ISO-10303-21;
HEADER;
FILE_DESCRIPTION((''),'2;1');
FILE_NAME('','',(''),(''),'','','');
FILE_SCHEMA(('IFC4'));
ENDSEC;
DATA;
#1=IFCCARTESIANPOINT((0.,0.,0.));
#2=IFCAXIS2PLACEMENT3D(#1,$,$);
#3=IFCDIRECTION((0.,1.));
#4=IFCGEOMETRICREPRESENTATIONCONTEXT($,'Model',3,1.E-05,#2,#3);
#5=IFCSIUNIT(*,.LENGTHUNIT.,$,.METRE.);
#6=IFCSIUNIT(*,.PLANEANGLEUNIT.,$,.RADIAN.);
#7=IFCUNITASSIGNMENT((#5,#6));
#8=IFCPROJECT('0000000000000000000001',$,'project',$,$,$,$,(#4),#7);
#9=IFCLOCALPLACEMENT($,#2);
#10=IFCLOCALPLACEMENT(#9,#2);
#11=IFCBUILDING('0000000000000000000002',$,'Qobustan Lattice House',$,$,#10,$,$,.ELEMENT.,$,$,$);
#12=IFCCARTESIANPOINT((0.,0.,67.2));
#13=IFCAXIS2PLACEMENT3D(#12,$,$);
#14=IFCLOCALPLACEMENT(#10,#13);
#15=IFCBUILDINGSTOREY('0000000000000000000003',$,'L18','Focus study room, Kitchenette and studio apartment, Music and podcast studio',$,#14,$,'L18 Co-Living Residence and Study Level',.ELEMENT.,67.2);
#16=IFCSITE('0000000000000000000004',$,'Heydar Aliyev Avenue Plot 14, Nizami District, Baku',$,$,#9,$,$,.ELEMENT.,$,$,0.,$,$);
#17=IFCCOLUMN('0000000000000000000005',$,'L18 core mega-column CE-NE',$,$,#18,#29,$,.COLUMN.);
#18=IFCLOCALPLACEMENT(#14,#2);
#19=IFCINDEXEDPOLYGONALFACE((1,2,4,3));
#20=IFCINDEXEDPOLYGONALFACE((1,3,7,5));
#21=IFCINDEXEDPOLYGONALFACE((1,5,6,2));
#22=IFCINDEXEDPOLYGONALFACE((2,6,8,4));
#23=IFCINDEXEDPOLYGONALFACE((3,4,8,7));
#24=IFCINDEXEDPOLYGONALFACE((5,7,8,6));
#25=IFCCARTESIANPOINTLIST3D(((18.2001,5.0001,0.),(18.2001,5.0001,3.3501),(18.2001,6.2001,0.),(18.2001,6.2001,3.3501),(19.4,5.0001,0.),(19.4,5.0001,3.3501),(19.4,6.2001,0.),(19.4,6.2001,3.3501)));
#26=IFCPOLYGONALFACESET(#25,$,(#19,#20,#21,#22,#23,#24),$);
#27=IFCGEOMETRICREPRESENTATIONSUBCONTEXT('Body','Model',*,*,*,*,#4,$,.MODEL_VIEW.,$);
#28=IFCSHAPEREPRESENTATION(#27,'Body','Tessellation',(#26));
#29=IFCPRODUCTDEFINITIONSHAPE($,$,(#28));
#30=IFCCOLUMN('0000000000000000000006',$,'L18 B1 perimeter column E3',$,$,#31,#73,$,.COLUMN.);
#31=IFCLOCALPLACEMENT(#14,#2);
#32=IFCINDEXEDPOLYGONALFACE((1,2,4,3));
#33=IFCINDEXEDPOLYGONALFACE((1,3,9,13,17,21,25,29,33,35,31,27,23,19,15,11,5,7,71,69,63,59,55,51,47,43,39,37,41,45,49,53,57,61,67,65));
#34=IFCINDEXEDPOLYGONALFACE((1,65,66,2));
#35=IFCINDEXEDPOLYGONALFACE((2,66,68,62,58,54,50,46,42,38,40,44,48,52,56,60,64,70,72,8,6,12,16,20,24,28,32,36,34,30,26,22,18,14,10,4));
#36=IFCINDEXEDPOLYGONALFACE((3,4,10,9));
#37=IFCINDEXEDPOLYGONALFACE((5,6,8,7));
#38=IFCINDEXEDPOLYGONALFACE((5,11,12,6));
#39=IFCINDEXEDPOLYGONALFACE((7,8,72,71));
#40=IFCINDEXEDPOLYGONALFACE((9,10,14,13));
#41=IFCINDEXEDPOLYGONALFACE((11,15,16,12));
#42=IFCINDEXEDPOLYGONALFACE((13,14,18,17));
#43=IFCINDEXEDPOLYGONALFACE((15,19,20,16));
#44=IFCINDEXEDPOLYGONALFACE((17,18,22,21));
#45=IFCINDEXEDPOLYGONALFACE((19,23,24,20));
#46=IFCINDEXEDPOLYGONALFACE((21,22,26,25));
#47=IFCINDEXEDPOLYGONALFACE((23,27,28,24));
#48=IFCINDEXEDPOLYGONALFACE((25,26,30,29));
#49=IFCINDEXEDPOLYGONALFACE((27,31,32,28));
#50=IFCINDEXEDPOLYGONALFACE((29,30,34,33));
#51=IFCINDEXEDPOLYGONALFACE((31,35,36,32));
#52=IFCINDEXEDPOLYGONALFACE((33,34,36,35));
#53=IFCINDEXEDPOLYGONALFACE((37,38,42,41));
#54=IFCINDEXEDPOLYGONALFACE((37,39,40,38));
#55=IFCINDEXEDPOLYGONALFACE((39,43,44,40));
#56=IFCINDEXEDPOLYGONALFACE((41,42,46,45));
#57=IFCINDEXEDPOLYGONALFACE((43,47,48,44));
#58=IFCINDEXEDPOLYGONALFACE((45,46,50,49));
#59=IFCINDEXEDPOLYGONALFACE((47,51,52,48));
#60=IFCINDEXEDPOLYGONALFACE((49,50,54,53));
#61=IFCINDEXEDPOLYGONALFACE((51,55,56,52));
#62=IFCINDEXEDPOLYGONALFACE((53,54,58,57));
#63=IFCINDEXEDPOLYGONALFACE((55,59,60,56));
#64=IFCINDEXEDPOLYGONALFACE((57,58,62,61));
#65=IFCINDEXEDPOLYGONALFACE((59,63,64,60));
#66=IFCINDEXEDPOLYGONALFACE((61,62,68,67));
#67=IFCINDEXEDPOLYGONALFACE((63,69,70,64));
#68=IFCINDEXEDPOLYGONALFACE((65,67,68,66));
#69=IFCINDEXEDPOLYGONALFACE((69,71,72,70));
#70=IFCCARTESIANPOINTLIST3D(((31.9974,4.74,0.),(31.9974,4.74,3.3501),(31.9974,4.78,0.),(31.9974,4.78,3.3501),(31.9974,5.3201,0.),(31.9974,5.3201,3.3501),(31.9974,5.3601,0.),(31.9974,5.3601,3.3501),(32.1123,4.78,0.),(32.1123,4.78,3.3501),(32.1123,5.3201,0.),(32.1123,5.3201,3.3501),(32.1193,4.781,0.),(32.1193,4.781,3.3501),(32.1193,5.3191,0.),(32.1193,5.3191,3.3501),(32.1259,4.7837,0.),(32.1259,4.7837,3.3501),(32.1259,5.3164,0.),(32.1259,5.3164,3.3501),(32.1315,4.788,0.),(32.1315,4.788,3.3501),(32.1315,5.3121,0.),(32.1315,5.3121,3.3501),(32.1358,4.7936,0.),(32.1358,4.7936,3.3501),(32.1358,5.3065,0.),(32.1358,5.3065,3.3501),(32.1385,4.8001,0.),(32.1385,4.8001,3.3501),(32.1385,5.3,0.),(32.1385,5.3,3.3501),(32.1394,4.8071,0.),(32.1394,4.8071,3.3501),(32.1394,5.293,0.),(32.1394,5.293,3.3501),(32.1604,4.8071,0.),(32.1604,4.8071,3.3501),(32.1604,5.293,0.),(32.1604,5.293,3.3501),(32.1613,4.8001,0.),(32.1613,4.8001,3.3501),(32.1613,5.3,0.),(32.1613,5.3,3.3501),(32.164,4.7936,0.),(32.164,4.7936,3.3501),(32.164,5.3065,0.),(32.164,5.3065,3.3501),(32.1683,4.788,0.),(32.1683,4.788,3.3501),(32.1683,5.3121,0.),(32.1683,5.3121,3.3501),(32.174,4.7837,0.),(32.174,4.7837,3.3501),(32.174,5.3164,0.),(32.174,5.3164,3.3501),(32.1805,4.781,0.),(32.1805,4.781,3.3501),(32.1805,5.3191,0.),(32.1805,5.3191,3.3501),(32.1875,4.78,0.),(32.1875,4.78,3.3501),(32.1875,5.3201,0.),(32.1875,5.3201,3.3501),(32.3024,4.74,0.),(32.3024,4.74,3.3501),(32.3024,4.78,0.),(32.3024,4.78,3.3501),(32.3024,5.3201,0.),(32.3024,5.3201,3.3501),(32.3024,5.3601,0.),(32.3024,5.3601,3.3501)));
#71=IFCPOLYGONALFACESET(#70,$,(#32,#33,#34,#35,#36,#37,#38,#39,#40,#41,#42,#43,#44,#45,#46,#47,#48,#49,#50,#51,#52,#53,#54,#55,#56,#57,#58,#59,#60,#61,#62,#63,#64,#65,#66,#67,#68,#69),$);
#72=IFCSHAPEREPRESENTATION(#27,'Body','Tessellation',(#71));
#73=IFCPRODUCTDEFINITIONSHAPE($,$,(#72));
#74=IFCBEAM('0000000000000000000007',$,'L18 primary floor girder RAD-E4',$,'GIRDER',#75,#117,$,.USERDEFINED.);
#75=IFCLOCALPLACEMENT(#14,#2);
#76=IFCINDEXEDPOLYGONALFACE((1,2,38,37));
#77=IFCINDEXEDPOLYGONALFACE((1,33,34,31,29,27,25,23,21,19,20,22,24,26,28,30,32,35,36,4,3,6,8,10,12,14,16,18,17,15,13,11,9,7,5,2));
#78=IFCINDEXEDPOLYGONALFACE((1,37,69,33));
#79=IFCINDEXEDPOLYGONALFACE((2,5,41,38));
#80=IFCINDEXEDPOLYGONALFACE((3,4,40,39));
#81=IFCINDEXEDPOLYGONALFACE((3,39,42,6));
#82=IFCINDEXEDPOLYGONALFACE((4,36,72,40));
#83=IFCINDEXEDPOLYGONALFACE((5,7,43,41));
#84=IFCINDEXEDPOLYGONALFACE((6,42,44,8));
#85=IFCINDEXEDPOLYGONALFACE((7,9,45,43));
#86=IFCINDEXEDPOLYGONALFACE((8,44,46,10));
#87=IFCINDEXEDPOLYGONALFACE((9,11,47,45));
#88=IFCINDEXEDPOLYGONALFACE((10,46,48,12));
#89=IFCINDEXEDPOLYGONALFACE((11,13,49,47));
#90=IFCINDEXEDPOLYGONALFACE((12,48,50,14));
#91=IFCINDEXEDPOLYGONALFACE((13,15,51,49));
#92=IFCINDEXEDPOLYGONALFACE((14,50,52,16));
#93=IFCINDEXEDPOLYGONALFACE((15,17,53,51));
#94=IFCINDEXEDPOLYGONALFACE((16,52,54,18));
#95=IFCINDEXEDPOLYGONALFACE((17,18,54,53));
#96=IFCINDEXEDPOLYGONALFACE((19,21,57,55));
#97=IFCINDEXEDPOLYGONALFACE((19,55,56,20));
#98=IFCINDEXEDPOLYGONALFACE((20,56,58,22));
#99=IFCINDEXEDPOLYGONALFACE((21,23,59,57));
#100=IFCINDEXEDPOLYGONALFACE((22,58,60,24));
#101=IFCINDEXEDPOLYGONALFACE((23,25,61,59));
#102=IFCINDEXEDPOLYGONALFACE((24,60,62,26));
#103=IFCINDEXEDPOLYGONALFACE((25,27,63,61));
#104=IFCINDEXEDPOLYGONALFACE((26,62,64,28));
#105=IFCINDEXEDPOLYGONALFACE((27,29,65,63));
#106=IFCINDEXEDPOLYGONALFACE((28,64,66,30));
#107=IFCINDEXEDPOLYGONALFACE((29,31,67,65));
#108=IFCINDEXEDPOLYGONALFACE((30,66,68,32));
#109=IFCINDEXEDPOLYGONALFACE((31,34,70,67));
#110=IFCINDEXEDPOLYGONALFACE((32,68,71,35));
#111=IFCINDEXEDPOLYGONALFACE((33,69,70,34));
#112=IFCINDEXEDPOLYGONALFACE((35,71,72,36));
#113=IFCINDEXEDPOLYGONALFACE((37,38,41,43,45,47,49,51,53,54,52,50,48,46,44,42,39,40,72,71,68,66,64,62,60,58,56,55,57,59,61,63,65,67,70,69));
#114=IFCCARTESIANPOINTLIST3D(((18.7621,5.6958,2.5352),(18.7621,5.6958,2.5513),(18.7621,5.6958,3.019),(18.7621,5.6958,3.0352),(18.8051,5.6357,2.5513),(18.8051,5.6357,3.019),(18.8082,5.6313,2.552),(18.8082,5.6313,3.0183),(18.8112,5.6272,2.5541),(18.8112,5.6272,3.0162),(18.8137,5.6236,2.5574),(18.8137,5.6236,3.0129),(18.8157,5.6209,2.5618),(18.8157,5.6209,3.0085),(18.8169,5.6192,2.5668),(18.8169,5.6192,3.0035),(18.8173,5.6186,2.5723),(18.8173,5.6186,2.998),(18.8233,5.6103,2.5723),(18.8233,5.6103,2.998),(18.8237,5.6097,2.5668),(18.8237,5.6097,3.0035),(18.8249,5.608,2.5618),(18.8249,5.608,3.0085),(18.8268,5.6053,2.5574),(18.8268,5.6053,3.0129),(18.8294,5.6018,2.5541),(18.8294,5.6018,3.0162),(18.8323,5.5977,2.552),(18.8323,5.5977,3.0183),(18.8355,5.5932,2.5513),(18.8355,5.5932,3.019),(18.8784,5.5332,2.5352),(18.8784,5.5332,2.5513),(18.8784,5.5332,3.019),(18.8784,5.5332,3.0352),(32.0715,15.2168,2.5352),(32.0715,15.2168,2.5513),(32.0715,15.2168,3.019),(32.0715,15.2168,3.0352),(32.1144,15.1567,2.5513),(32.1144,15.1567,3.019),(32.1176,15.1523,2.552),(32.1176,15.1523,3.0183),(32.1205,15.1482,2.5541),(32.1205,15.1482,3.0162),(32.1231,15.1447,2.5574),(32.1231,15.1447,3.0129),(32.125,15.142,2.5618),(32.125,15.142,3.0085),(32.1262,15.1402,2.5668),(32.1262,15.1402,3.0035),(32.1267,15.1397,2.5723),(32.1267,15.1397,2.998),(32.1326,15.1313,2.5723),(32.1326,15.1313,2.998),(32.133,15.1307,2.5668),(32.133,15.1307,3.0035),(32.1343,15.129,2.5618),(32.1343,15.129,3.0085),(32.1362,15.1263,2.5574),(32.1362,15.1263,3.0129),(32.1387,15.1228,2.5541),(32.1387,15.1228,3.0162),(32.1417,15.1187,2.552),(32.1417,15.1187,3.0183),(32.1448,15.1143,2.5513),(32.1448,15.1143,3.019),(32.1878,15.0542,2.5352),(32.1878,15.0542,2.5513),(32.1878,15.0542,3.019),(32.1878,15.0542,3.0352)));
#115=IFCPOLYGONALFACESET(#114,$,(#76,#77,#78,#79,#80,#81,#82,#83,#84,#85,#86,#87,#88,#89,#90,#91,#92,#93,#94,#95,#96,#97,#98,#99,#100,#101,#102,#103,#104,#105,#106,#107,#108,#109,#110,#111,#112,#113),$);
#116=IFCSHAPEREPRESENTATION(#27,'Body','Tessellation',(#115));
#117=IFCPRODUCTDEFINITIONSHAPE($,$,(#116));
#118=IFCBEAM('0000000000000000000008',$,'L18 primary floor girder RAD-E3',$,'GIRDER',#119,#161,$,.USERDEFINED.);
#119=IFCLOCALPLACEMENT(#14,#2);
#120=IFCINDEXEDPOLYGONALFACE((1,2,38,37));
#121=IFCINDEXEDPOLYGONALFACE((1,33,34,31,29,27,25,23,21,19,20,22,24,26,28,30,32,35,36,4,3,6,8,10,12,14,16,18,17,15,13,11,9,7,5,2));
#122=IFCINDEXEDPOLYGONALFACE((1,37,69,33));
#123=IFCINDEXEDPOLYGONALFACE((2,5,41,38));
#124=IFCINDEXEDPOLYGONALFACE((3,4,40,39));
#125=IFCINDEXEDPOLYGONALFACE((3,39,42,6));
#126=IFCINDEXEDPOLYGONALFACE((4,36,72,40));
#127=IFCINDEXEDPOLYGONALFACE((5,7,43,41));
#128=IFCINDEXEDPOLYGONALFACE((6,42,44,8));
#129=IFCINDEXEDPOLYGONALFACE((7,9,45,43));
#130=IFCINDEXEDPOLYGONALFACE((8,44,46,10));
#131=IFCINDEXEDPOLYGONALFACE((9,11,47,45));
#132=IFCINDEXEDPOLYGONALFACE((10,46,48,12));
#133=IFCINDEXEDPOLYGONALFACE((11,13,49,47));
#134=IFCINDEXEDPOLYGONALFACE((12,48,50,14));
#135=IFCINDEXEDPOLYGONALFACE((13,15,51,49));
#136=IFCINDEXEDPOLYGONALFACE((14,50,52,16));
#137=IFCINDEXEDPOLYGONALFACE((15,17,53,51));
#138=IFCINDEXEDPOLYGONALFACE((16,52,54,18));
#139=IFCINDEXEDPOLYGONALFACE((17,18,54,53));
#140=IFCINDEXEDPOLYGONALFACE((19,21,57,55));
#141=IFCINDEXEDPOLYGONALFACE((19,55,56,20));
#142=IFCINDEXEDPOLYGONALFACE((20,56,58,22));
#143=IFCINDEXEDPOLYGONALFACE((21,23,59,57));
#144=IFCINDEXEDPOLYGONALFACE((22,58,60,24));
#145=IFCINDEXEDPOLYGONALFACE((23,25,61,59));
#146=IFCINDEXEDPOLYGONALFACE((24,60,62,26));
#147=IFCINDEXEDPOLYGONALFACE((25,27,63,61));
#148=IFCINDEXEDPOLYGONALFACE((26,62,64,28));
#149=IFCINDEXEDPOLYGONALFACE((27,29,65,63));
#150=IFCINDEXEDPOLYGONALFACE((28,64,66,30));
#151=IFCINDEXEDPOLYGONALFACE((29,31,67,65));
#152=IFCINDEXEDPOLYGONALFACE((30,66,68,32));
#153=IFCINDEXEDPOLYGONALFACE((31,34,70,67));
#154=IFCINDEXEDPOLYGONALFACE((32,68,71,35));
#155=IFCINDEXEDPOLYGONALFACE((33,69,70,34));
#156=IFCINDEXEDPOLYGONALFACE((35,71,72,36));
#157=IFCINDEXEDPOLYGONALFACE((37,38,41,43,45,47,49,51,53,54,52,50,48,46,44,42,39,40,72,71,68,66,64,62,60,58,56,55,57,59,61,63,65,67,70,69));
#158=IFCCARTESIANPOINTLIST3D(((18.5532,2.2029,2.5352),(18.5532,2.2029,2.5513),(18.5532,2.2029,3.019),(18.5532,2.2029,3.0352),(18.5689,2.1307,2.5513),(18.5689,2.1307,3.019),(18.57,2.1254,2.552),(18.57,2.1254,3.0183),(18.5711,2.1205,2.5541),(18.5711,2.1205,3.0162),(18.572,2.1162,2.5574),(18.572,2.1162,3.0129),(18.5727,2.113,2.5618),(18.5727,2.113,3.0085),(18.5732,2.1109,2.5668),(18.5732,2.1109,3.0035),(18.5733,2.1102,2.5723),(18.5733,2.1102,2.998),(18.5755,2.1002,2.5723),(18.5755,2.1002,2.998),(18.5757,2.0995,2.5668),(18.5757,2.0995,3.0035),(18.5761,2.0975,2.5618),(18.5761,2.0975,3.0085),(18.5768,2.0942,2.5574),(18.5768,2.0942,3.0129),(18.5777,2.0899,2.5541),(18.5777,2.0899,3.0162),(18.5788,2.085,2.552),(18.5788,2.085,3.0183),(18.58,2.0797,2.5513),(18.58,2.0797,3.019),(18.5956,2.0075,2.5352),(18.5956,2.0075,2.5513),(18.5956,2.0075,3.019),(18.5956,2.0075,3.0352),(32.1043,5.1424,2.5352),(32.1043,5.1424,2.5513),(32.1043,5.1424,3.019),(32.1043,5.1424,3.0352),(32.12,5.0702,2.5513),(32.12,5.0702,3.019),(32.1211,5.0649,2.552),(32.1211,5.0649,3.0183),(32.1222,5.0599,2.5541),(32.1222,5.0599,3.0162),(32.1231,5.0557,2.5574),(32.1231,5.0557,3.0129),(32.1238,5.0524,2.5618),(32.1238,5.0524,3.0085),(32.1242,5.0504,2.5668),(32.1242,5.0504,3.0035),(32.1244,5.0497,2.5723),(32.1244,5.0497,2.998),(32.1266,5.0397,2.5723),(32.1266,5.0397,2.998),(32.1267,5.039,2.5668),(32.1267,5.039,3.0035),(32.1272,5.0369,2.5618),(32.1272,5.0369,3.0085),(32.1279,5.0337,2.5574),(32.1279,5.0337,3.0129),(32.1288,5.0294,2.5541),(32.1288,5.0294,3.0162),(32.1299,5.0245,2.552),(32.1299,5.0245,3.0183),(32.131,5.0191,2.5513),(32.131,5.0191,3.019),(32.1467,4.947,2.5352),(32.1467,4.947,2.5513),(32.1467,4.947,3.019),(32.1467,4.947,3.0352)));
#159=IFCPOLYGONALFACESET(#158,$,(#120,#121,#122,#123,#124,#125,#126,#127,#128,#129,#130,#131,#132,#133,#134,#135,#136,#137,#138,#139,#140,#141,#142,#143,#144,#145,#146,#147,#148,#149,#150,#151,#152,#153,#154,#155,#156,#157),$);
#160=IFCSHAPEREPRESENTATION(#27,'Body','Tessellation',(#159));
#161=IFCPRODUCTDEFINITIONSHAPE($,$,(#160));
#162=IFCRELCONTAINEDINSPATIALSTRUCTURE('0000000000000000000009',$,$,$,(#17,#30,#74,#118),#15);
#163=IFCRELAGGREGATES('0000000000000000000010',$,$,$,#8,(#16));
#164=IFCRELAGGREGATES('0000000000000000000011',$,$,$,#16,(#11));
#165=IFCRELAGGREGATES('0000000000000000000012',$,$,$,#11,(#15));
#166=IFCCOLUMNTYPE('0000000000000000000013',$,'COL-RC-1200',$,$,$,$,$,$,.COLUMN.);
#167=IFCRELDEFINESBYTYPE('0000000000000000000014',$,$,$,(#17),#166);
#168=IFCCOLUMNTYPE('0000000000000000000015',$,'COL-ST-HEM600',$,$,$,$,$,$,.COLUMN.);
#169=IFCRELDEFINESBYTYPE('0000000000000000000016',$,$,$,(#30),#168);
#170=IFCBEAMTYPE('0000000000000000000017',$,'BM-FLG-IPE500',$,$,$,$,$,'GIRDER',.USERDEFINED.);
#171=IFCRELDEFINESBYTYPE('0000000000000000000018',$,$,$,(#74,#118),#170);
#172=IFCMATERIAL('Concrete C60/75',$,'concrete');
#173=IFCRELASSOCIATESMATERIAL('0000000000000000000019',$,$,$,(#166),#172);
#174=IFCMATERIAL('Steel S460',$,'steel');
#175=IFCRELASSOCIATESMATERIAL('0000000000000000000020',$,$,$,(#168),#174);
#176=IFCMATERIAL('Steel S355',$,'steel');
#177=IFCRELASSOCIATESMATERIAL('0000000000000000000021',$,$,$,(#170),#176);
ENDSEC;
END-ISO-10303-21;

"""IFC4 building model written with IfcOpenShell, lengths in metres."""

from ifc_helpers import new_model, si_unit, direction, frame, origin, origin_2d, place, context, subcontext, project, spatial, rectangle, i_section, extrude, material, material_profile, profile_set, type_object, element, save


model = new_model("IFC4")

# Units and contexts
model_context = context("Model", 3, precision=1e-05, world=origin(), true_north=direction((0.0, 1.0)))
body_context = subcontext(model_context, "Body", "Model", "MODEL_VIEW")
ifc_project = project(units=[si_unit("LENGTHUNIT", "METRE"), si_unit("PLANEANGLEUNIT", "RADIAN")], contexts=[model_context])

# Site, building, storey
site_placement = place(None, origin())
site = spatial("IfcSite", under=ifc_project, at=site_placement, Name="Heydar Aliyev Avenue Plot 14, Nizami District, Baku", CompositionType="ELEMENT", RefElevation=0.0)
building_placement = place(site_placement, origin())
building = spatial("IfcBuilding", under=site, at=building_placement, Name="Qobustan Lattice House", CompositionType="ELEMENT")
storey_placement = place(building_placement, frame((0.0, 0.0, 67.2)))
storey = spatial("IfcBuildingStorey", under=building, at=storey_placement, Name="L18", Description="Focus study room, Kitchenette and studio apartment, Music and podcast studio", LongName="L18 Co-Living Residence and Study Level", CompositionType="ELEMENT", Elevation=67.2)

# Columns
ifc_material_1 = material(Name="Concrete C60/75", Category="concrete")
ifc_material_profile_1 = material_profile(ifc_material_1, rectangle(XDim=1.2, YDim=1.2, at=origin_2d()), Name="RC1200x1200")
ifc_profile_set_1 = profile_set([ifc_material_profile_1], Name="Concrete C60/75")
column_type_1 = type_object("IfcColumnType", Name="COL-RC-1200", PredefinedType="COLUMN", material=ifc_profile_set_1)
column_1_placement = place(storey_placement, frame((18.8, 5.6001, 0.0), z_axis=(0.0, 0.0, 1.0), x_axis=(1.0, 0.0, 0.0)))
element("IfcColumn", 1, at=column_1_placement, inside=storey, type_object=column_type_1, Name="L18 core mega-column CE-NE", PredefinedType="COLUMN", context=body_context, shape_type="SweptSolid", body=[
    extrude(rectangle(XDim=1.2, YDim=1.2, at=origin_2d()), origin(), (0.0, 0.0, 1.0), 3.3501),
])
ifc_material_2 = material(Name="Steel S460", Category="steel")
ifc_material_profile_2 = material_profile(ifc_material_2, i_section(OverallWidth=0.3049, OverallDepth=0.6201, WebThickness=0.021, FlangeThickness=0.04, FilletRadius=0.0271, at=origin_2d()), Name="HEM600")
ifc_profile_set_2 = profile_set([ifc_material_profile_2], Name="Steel S460")
column_type_2 = type_object("IfcColumnType", Name="COL-ST-HEM600", PredefinedType="COLUMN", material=ifc_profile_set_2)
column_2_placement = place(storey_placement, frame((32.1499, 5.05, 0.0), z_axis=(0.0, 0.0, 1.0), x_axis=(1.0, 0.0, 0.0)))
element("IfcColumn", 2, at=column_2_placement, inside=storey, type_object=column_type_2, Name="L18 B1 perimeter column E3", PredefinedType="COLUMN", context=body_context, shape_type="SweptSolid", body=[
    extrude(i_section(OverallWidth=0.3049, OverallDepth=0.6201, WebThickness=0.021, FlangeThickness=0.04, FilletRadius=0.0271, at=origin_2d()), origin(), (0.0, 0.0, 1.0), 3.3501),
])

# Beams
ifc_material_3 = material(Name="Steel S355", Category="steel")
ifc_material_profile_3 = material_profile(ifc_material_3, i_section(OverallWidth=0.2, OverallDepth=0.5, WebThickness=0.0103, FlangeThickness=0.0161, FilletRadius=0.021, at=origin_2d()), Name="IPE500")
ifc_profile_set_3 = profile_set([ifc_material_profile_3], Name="Steel S355")
beam_type_1 = type_object("IfcBeamType", Name="BM-FLG-IPE500", ElementType="GIRDER", PredefinedType="USERDEFINED", material=ifc_profile_set_3)
beam_1_placement = place(storey_placement, frame((32.1296, 15.1355, 2.7852), z_axis=(-0.813319, -0.581818, 0.0), x_axis=(0.581818, -0.813319, 0.0)))
element("IfcBeam", 3, at=beam_1_placement, inside=storey, type_object=beam_type_1, Name="L18 primary floor girder RAD-E4", ObjectType="GIRDER", PredefinedType="USERDEFINED", context=body_context, shape_type="SweptSolid", body=[
    extrude(i_section(OverallWidth=0.2, OverallDepth=0.5, WebThickness=0.0103, FlangeThickness=0.0161, FilletRadius=0.021, at=origin_2d()), origin(), (0.0, 0.0, 1.0), 16.3643),
])
beam_2_placement = place(storey_placement, frame((32.1255, 5.0447, 2.7852), z_axis=(-0.977272, -0.211987, 0.0), x_axis=(0.211987, -0.977272, 0.0)))
element("IfcBeam", 4, at=beam_2_placement, inside=storey, type_object=beam_type_1, Name="L18 primary floor girder RAD-E3", ObjectType="GIRDER", PredefinedType="USERDEFINED", context=body_context, shape_type="SweptSolid", body=[
    extrude(i_section(OverallWidth=0.2, OverallDepth=0.5, WebThickness=0.0103, FlangeThickness=0.0161, FilletRadius=0.021, at=origin_2d()), origin(), (0.0, 0.0, 1.0), 13.8662),
])

save(model, "model.ifc")
